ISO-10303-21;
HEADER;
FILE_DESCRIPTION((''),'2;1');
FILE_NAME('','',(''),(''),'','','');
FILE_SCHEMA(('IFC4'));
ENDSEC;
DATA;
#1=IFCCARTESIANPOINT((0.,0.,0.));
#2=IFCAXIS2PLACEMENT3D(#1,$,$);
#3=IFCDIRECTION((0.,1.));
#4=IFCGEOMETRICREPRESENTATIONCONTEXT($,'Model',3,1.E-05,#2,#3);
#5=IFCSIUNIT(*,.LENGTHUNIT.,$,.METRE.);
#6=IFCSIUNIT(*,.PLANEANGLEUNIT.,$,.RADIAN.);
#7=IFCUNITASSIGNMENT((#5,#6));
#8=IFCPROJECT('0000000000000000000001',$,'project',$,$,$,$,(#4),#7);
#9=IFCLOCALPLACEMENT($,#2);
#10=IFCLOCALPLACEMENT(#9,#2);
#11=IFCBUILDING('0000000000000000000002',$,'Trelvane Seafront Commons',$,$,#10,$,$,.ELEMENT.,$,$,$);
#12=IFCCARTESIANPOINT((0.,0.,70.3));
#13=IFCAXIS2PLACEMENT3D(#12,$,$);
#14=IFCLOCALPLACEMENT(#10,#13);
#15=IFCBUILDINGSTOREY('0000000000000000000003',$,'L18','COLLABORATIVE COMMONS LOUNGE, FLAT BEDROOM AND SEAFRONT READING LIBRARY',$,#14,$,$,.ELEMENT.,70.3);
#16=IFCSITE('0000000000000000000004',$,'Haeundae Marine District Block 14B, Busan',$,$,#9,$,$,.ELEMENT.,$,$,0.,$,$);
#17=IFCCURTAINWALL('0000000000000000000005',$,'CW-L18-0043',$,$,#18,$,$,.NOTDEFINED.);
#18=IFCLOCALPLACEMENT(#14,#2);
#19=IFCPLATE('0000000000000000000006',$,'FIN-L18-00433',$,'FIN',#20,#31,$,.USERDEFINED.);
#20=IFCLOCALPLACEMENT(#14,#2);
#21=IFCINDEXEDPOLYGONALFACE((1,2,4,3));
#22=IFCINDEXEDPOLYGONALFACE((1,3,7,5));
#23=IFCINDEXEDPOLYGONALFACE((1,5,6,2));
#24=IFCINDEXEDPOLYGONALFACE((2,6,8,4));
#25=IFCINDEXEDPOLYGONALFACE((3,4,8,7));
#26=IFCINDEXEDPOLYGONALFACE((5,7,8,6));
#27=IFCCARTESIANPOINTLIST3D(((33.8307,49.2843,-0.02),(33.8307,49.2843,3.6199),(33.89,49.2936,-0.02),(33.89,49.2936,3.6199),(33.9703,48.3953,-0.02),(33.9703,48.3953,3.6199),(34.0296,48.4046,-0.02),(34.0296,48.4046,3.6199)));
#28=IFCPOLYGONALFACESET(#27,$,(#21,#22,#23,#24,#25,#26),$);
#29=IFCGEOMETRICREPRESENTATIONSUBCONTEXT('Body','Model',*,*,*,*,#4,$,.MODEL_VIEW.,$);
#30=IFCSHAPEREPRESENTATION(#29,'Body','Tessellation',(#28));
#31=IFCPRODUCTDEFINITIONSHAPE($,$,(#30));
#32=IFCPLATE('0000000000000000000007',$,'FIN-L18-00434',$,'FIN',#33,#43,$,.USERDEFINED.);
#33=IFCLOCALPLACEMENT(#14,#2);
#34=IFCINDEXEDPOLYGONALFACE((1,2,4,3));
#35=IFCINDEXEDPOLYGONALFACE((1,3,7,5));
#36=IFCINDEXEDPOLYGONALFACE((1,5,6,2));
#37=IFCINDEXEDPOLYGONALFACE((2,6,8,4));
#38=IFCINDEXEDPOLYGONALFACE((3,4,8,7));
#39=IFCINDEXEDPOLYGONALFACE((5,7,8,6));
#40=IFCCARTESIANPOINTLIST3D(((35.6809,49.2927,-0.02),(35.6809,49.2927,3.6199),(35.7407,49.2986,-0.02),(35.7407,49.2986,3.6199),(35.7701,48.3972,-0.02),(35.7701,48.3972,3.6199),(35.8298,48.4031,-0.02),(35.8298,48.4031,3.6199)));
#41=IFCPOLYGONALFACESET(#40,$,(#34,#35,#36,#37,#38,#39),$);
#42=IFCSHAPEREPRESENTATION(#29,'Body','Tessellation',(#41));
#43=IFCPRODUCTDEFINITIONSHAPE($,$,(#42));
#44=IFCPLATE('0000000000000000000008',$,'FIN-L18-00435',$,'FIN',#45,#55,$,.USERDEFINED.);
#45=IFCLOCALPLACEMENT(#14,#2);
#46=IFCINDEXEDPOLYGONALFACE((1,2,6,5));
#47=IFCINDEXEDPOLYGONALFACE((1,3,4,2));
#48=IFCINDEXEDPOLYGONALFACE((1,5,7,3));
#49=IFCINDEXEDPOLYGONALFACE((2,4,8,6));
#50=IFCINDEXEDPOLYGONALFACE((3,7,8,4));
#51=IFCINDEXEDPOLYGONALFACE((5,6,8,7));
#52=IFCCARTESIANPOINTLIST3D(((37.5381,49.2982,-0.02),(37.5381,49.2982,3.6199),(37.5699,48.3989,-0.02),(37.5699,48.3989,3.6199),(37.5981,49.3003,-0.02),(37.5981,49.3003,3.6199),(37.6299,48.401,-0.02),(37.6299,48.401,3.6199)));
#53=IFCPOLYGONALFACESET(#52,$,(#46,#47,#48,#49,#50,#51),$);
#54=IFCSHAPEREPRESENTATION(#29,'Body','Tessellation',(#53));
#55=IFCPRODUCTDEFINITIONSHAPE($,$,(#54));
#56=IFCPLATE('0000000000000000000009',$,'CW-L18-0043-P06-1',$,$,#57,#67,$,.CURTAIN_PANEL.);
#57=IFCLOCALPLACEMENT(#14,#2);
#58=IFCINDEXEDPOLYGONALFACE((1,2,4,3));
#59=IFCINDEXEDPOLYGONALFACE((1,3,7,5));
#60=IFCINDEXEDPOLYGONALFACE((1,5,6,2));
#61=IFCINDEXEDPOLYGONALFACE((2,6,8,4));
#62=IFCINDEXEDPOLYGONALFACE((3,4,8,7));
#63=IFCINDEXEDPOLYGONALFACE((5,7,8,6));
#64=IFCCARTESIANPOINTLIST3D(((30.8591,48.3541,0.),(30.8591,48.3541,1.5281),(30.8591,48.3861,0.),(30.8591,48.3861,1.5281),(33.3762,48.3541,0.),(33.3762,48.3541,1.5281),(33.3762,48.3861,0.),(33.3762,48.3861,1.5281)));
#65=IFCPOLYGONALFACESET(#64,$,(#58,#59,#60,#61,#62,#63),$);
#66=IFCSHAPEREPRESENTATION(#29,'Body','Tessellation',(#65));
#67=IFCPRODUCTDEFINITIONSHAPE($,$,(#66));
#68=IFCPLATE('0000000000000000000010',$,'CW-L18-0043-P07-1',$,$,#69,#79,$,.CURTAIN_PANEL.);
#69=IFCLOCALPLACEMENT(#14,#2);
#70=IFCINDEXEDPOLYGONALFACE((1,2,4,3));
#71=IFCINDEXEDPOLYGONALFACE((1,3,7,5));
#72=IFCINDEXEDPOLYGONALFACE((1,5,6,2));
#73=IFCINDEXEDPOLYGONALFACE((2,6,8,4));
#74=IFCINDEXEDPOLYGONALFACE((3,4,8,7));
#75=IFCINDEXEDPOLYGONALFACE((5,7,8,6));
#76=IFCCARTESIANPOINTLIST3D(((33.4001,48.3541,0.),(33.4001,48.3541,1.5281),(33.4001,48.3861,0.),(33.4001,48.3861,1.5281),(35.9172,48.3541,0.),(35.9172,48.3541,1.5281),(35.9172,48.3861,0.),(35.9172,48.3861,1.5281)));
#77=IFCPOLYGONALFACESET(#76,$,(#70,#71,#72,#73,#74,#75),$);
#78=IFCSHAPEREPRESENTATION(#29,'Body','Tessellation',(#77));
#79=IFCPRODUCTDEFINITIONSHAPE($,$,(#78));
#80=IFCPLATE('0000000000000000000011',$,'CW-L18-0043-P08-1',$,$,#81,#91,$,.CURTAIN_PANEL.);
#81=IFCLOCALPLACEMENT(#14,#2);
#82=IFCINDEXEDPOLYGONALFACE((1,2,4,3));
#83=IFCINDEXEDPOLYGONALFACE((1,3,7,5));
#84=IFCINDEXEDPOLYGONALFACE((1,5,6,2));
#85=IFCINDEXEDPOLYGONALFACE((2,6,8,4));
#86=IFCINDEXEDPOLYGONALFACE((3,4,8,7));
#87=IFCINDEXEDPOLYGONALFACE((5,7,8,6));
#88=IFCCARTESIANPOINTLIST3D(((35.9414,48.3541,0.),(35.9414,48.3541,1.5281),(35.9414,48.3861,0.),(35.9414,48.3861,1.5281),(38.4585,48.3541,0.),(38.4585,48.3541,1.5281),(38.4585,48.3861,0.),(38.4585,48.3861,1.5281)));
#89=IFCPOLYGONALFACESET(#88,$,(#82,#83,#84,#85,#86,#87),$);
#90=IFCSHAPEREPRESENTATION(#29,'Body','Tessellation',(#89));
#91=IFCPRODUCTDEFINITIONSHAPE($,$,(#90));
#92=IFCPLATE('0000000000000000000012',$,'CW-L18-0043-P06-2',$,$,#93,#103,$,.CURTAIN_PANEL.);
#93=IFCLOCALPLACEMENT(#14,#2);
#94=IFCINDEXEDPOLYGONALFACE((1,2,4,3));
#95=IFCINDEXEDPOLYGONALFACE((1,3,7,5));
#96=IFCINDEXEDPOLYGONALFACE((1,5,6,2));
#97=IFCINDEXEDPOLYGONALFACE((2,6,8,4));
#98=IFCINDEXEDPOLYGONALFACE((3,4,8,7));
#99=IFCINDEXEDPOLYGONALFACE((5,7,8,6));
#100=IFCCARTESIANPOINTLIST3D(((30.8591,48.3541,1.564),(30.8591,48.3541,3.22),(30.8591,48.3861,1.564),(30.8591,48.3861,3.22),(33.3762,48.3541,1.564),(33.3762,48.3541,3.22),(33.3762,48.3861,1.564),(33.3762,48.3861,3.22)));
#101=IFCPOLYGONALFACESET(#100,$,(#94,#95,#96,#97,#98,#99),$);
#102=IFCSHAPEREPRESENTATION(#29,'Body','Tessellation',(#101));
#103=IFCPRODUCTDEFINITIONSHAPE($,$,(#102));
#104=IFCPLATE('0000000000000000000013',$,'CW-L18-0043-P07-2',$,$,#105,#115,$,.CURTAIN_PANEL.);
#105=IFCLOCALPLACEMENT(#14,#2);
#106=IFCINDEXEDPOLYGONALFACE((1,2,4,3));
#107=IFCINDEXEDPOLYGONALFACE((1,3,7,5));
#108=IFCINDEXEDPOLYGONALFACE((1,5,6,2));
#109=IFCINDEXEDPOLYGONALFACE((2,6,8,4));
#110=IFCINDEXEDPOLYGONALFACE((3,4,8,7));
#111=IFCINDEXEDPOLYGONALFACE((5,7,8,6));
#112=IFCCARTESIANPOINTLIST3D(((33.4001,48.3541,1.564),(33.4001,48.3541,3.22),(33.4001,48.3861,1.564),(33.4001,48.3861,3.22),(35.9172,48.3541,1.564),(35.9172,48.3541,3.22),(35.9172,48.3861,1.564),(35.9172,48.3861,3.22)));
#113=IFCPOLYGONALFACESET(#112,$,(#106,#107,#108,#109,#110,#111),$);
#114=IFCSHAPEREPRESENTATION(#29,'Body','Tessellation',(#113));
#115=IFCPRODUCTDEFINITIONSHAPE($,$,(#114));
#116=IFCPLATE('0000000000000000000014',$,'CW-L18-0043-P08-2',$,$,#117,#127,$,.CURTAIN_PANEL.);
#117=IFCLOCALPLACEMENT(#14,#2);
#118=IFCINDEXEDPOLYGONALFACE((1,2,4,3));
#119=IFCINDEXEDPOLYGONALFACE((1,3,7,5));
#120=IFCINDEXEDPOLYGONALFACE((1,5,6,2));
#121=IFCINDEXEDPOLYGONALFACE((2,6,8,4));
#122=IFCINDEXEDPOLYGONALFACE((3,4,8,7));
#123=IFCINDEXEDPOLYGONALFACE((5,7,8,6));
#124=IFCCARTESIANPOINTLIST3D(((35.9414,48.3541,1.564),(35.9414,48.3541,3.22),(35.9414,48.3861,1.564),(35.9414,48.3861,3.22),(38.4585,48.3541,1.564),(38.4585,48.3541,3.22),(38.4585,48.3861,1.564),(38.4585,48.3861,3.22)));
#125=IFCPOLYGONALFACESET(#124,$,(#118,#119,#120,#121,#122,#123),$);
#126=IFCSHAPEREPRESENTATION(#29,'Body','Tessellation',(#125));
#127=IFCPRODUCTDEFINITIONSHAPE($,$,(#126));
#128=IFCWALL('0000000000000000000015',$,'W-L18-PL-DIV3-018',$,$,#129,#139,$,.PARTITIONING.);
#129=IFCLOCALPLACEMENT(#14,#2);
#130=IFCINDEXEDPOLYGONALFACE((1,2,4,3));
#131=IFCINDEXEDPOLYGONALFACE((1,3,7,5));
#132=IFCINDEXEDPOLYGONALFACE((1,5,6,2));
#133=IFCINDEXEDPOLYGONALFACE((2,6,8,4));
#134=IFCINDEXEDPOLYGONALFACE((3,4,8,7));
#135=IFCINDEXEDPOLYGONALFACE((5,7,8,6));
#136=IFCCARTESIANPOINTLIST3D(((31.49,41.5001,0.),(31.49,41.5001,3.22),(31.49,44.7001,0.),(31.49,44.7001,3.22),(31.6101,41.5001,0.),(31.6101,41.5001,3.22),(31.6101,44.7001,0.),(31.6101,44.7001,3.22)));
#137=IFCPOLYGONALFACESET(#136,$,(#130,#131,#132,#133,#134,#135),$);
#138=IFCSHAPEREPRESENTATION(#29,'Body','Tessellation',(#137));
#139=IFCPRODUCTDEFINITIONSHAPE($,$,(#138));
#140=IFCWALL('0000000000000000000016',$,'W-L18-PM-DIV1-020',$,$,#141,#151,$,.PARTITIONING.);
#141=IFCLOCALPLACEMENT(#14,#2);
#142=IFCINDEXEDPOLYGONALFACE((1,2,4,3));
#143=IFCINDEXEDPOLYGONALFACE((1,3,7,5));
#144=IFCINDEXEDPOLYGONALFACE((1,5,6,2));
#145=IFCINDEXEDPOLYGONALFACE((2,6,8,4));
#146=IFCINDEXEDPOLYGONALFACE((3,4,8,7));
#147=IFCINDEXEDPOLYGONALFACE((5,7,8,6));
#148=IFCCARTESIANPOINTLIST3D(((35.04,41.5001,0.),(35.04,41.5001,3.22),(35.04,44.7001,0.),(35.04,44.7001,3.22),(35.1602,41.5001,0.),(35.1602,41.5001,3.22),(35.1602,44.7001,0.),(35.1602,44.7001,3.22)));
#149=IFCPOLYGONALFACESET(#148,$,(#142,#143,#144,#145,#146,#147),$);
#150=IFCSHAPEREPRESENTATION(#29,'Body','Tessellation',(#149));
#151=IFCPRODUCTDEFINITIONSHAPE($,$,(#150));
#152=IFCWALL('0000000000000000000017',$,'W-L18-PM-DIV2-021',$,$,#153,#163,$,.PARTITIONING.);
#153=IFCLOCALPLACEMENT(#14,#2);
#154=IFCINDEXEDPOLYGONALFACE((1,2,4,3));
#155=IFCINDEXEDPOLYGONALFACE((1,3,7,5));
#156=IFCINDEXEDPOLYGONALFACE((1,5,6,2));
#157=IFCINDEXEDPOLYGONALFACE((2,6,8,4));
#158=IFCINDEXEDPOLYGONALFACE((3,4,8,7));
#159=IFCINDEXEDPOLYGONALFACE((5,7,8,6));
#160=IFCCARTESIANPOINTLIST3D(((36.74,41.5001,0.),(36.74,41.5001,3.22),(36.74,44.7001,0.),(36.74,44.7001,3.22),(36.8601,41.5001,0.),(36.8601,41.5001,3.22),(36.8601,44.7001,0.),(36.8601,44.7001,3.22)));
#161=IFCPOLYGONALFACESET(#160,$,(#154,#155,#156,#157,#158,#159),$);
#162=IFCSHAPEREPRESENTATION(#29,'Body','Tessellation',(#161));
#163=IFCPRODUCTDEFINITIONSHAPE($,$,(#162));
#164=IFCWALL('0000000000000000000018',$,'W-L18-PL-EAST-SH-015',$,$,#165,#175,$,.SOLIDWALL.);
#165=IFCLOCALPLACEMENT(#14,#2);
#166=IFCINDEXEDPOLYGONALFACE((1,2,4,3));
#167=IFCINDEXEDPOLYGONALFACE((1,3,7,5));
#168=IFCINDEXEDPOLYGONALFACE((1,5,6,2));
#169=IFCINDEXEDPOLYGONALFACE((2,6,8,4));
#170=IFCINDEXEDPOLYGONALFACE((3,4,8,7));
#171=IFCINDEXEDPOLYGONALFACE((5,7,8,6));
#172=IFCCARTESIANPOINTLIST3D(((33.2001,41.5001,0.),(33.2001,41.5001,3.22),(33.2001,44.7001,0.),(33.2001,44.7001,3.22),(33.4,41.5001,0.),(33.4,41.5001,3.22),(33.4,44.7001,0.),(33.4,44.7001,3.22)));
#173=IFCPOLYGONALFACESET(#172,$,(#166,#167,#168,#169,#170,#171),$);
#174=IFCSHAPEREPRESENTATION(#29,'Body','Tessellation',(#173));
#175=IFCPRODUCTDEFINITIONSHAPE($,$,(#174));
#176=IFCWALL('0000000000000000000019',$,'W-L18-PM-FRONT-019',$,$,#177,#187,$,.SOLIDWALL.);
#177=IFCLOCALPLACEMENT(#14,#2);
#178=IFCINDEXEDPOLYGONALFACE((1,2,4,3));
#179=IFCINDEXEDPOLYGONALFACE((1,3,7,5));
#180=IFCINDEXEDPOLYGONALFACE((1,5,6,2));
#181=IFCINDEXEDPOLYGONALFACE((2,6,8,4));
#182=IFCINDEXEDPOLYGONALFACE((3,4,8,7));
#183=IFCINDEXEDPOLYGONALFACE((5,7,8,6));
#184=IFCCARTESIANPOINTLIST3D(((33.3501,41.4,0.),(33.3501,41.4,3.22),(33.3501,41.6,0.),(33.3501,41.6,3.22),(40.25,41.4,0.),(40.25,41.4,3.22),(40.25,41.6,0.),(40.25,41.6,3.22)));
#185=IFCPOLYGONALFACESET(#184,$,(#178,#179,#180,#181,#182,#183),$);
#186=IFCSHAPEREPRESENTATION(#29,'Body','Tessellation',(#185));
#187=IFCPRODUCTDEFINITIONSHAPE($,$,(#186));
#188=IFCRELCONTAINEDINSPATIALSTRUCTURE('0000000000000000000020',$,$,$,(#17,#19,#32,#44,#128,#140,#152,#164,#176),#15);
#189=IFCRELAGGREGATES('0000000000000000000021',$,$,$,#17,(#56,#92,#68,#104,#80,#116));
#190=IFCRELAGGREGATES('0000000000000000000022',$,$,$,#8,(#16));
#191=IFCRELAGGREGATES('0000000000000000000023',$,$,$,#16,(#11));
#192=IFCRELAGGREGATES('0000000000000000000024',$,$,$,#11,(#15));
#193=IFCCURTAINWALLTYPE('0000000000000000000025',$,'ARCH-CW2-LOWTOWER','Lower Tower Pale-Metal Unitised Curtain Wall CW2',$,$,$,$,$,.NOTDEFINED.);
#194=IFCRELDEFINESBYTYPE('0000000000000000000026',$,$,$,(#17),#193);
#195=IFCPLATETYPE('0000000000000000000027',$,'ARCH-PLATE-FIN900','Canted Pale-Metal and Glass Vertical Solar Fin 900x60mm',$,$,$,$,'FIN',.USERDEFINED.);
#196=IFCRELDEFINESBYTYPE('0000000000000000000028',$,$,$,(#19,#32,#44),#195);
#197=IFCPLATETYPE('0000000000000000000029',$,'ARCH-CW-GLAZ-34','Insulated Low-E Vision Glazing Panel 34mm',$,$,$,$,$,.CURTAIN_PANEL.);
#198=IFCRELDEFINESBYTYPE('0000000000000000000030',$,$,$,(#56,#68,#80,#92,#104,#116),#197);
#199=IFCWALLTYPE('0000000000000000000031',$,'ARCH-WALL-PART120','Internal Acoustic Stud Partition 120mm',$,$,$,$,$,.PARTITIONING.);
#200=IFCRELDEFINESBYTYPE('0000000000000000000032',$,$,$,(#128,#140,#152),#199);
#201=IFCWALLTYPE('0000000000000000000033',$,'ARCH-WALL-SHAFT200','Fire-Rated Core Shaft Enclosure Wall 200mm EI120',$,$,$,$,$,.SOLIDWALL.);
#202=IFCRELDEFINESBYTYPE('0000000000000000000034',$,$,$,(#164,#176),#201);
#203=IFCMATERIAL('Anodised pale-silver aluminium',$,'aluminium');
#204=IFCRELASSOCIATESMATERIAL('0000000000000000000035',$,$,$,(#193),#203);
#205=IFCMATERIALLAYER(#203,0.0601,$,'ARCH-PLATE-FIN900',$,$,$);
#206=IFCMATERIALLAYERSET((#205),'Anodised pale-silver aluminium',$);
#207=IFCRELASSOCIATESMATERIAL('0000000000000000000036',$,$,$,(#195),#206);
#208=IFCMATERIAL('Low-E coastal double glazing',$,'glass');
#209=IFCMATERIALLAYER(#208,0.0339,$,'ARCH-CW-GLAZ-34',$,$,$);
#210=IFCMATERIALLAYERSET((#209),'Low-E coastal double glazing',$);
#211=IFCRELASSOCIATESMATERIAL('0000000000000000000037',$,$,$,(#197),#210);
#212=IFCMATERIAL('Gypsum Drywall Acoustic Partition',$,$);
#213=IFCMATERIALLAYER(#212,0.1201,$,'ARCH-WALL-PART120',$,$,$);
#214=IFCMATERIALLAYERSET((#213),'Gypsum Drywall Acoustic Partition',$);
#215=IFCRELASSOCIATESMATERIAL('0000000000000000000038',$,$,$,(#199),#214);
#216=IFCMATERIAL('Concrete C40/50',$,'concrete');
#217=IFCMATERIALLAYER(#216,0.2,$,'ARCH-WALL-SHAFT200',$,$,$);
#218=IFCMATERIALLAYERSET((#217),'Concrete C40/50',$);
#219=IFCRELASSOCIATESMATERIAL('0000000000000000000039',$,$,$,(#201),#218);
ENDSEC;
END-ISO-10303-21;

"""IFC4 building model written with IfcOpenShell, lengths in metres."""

from ifc_helpers import new_model, si_unit, direction, frame, frame_2d, origin, origin_2d, place, context, subcontext, project, spatial, rectangle, extrude, source, transform, mapped, material, layer, layer_set, type_object, element, aggregate, save


model = new_model("IFC4")

# Units and contexts
model_context = context("Model", 3, precision=1e-05, world=origin(), true_north=direction((0.0, 1.0)))
body_context = subcontext(model_context, "Body", "Model", "MODEL_VIEW")
ifc_project = project(units=[si_unit("LENGTHUNIT", "METRE"), si_unit("PLANEANGLEUNIT", "RADIAN")], contexts=[model_context])

# Site, building, storey
site_placement = place(None, origin())
site = spatial("IfcSite", under=ifc_project, at=site_placement, Name="Haeundae Marine District Block 14B, Busan", CompositionType="ELEMENT", RefElevation=0.0)
building_placement = place(site_placement, origin())
building = spatial("IfcBuilding", under=site, at=building_placement, Name="Trelvane Seafront Commons", CompositionType="ELEMENT")
storey_placement = place(building_placement, frame((0.0, 0.0, 70.3)))
storey = spatial("IfcBuildingStorey", under=building, at=storey_placement, Name="L18", Description="COLLABORATIVE COMMONS LOUNGE, FLAT BEDROOM AND SEAFRONT READING LIBRARY", CompositionType="ELEMENT", Elevation=70.3)

# Curtain wall
ifc_material_1 = material(Name="Anodised pale-silver aluminium", Category="aluminium")
curtain_wall_type = type_object("IfcCurtainWallType", Name="ARCH-CW2-LOWTOWER", Description="Lower Tower Pale-Metal Unitised Curtain Wall CW2", PredefinedType="NOTDEFINED", material=ifc_material_1)
curtain_wall_placement = place(storey_placement, origin())
curtain_wall = element("IfcCurtainWall", 1, at=curtain_wall_placement, inside=storey, type_object=curtain_wall_type, Name="CW-L18-0043", PredefinedType="NOTDEFINED")

# Plates
ifc_layer_1 = layer(ifc_material_1, 0.0601, Name="ARCH-PLATE-FIN900")
ifc_layer_set_1 = layer_set([ifc_layer_1], Name="Anodised pale-silver aluminium")
plate_type_1 = type_object("IfcPlateType", Name="ARCH-PLATE-FIN900", Description="Canted Pale-Metal and Glass Vertical Solar Fin 900x60mm", ElementType="FIN", PredefinedType="USERDEFINED", material=ifc_layer_set_1)
shared_shape_1 = source(origin(), body_context, "Body", "SweptSolid", [
    extrude(rectangle(XDim=0.8999, YDim=0.0601, at=origin_2d()), origin(), (0.0, 0.0, 1.0), 3.6399),
])
for number, where, z_axis, x_axis, name in (
    (2, (33.9302, 48.8445, -0.02), (0.0, 0.0, 1.0), (-0.155112, 0.987897, 0.0), "FIN-L18-00433"),
    (3, (35.7554, 48.8479, -0.02), (0.0, 0.0, 1.0), (-0.099108, 0.995077, 0.0), "FIN-L18-00434"),
    (4, (37.584, 48.8496, -0.02), (0.0, 0.0, 1.0), (-0.035336, 0.999376, 0.0), "FIN-L18-00435"),
):
    element("IfcPlate", number, at=place(storey_placement, frame(where, z_axis=z_axis, x_axis=x_axis)), inside=storey, type_object=plate_type_1, Name=name, ObjectType="FIN", PredefinedType="USERDEFINED", context=body_context, shape_type="MappedRepresentation", body=[
        mapped(shared_shape_1, transform((0.0, 0.0, 0.0), x_axis=(1.0, 0.0, 0.0), y_axis=(0.0, 1.0, 0.0), z_axis=(0.0, 0.0, 1.0), scale=1.0)),
    ])

# Plates
ifc_material_2 = material(Name="Low-E coastal double glazing", Category="glass")
ifc_layer_2 = layer(ifc_material_2, 0.0339, Name="ARCH-CW-GLAZ-34")
ifc_layer_set_2 = layer_set([ifc_layer_2], Name="Low-E coastal double glazing")
plate_type_2 = type_object("IfcPlateType", Name="ARCH-CW-GLAZ-34", Description="Insulated Low-E Vision Glazing Panel 34mm", PredefinedType="CURTAIN_PANEL", material=ifc_layer_set_2)
shared_shape_2 = source(origin(), body_context, "Body", "SweptSolid", [
    extrude(rectangle(XDim=2.5171, YDim=0.032, at=origin_2d()), origin(), (0.0, 0.0, 1.0), 1.5281),
])
plate_1_placement = place(storey_placement, frame((32.1177, 48.3701, 0.0), z_axis=(0.0, 0.0, 1.0), x_axis=(1.0, 0.0, 0.0)))
plate_1 = element("IfcPlate", 5, at=plate_1_placement, type_object=plate_type_2, Name="CW-L18-0043-P06-1", PredefinedType="CURTAIN_PANEL", context=body_context, shape_type="MappedRepresentation", body=[
    mapped(shared_shape_2, transform((0.0, 0.0, 0.0), x_axis=(1.0, 0.0, 0.0), y_axis=(0.0, 1.0, 0.0), z_axis=(0.0, 0.0, 1.0), scale=1.0)),
])
plate_2_placement = place(storey_placement, frame((34.6587, 48.3701, 0.0), z_axis=(0.0, 0.0, 1.0), x_axis=(1.0, 0.0, 0.0)))
plate_2 = element("IfcPlate", 6, at=plate_2_placement, type_object=plate_type_2, Name="CW-L18-0043-P07-1", PredefinedType="CURTAIN_PANEL", context=body_context, shape_type="MappedRepresentation", body=[
    mapped(shared_shape_2, transform((0.0, 0.0, 0.0), x_axis=(1.0, 0.0, 0.0), y_axis=(0.0, 1.0, 0.0), z_axis=(0.0, 0.0, 1.0), scale=1.0)),
])
plate_3_placement = place(storey_placement, frame((37.2, 48.3701, 0.0), z_axis=(0.0, 0.0, 1.0), x_axis=(1.0, 0.0, 0.0)))
plate_3 = element("IfcPlate", 7, at=plate_3_placement, type_object=plate_type_2, Name="CW-L18-0043-P08-1", PredefinedType="CURTAIN_PANEL", context=body_context, shape_type="MappedRepresentation", body=[
    mapped(shared_shape_2, transform((0.0, 0.0, 0.0), x_axis=(1.0, 0.0, 0.0), y_axis=(0.0, 1.0, 0.0), z_axis=(0.0, 0.0, 1.0), scale=1.0)),
])
shared_shape_3 = source(origin(), body_context, "Body", "SweptSolid", [
    extrude(rectangle(XDim=2.5171, YDim=0.032, at=origin_2d()), origin(), (0.0, 0.0, 1.0), 1.656),
])
plate_4_placement = place(storey_placement, frame((32.1177, 48.3701, 1.564), z_axis=(0.0, 0.0, 1.0), x_axis=(1.0, 0.0, 0.0)))
plate_4 = element("IfcPlate", 8, at=plate_4_placement, type_object=plate_type_2, Name="CW-L18-0043-P06-2", PredefinedType="CURTAIN_PANEL", context=body_context, shape_type="MappedRepresentation", body=[
    mapped(shared_shape_3, transform((0.0, 0.0, 0.0), x_axis=(1.0, 0.0, 0.0), y_axis=(0.0, 1.0, 0.0), z_axis=(0.0, 0.0, 1.0), scale=1.0)),
])
plate_5_placement = place(storey_placement, frame((34.6587, 48.3701, 1.564), z_axis=(0.0, 0.0, 1.0), x_axis=(1.0, 0.0, 0.0)))
plate_5 = element("IfcPlate", 9, at=plate_5_placement, type_object=plate_type_2, Name="CW-L18-0043-P07-2", PredefinedType="CURTAIN_PANEL", context=body_context, shape_type="MappedRepresentation", body=[
    mapped(shared_shape_3, transform((0.0, 0.0, 0.0), x_axis=(1.0, 0.0, 0.0), y_axis=(0.0, 1.0, 0.0), z_axis=(0.0, 0.0, 1.0), scale=1.0)),
])
plate_6_placement = place(storey_placement, frame((37.2, 48.3701, 1.564), z_axis=(0.0, 0.0, 1.0), x_axis=(1.0, 0.0, 0.0)))
plate_6 = element("IfcPlate", 10, at=plate_6_placement, type_object=plate_type_2, Name="CW-L18-0043-P08-2", PredefinedType="CURTAIN_PANEL", context=body_context, shape_type="MappedRepresentation", body=[
    mapped(shared_shape_3, transform((0.0, 0.0, 0.0), x_axis=(1.0, 0.0, 0.0), y_axis=(0.0, 1.0, 0.0), z_axis=(0.0, 0.0, 1.0), scale=1.0)),
])
aggregate(curtain_wall, [plate_1, plate_4, plate_2, plate_5, plate_3, plate_6])

# Walls
ifc_material_3 = material(Name="Gypsum Drywall Acoustic Partition")
ifc_layer_3 = layer(ifc_material_3, 0.1201, Name="ARCH-WALL-PART120")
ifc_layer_set_3 = layer_set([ifc_layer_3], Name="Gypsum Drywall Acoustic Partition")
wall_type_1 = type_object("IfcWallType", Name="ARCH-WALL-PART120", Description="Internal Acoustic Stud Partition 120mm", PredefinedType="PARTITIONING", material=ifc_layer_set_3)
for number, where, z_axis, x_axis, name in (
    (11, (31.55, 41.5, 0.0), (0.0, 0.0, 1.0), (0.0, 1.0, 0.0), "W-L18-PL-DIV3-018"),
    (12, (35.1001, 41.5, 0.0), (0.0, 0.0, 1.0), (0.0, 1.0, 0.0), "W-L18-PM-DIV1-020"),
    (13, (36.8, 41.5, 0.0), (0.0, 0.0, 1.0), (0.0, 1.0, 0.0), "W-L18-PM-DIV2-021"),
):
    element("IfcWall", number, at=place(storey_placement, frame(where, z_axis=z_axis, x_axis=x_axis)), inside=storey, type_object=wall_type_1, Name=name, PredefinedType="PARTITIONING", context=body_context, shape_type="SweptSolid", body=[
        extrude(rectangle(XDim=3.2, YDim=0.1201, at=frame_2d((1.6001, 0.0))), origin(), (0.0, 0.0, 1.0), 3.22),
    ])

# Walls
ifc_material_4 = material(Name="Concrete C40/50", Category="concrete")
ifc_layer_4 = layer(ifc_material_4, 0.2, Name="ARCH-WALL-SHAFT200")
ifc_layer_set_4 = layer_set([ifc_layer_4], Name="Concrete C40/50")
wall_type_2 = type_object("IfcWallType", Name="ARCH-WALL-SHAFT200", Description="Fire-Rated Core Shaft Enclosure Wall 200mm EI120", PredefinedType="SOLIDWALL", material=ifc_layer_set_4)
wall_1_placement = place(storey_placement, frame((33.3, 41.5, 0.0), z_axis=(0.0, 0.0, 1.0), x_axis=(0.0, 1.0, 0.0)))
element("IfcWall", 14, at=wall_1_placement, inside=storey, type_object=wall_type_2, Name="W-L18-PL-EAST-SH-015", PredefinedType="SOLIDWALL", context=body_context, shape_type="SweptSolid", body=[
    extrude(rectangle(XDim=3.2, YDim=0.2, at=frame_2d((1.6001, 0.0))), origin(), (0.0, 0.0, 1.0), 3.22),
])
wall_2_placement = place(storey_placement, frame((33.3501, 41.5, 0.0), z_axis=(0.0, 0.0, 1.0), x_axis=(1.0, 0.0, 0.0)))
element("IfcWall", 15, at=wall_2_placement, inside=storey, type_object=wall_type_2, Name="W-L18-PM-FRONT-019", PredefinedType="SOLIDWALL", context=body_context, shape_type="SweptSolid", body=[
    extrude(rectangle(XDim=6.8999, YDim=0.2, at=frame_2d((3.45, 0.0))), origin(), (0.0, 0.0, 1.0), 3.22),
])

save(model, "model.ifc")
